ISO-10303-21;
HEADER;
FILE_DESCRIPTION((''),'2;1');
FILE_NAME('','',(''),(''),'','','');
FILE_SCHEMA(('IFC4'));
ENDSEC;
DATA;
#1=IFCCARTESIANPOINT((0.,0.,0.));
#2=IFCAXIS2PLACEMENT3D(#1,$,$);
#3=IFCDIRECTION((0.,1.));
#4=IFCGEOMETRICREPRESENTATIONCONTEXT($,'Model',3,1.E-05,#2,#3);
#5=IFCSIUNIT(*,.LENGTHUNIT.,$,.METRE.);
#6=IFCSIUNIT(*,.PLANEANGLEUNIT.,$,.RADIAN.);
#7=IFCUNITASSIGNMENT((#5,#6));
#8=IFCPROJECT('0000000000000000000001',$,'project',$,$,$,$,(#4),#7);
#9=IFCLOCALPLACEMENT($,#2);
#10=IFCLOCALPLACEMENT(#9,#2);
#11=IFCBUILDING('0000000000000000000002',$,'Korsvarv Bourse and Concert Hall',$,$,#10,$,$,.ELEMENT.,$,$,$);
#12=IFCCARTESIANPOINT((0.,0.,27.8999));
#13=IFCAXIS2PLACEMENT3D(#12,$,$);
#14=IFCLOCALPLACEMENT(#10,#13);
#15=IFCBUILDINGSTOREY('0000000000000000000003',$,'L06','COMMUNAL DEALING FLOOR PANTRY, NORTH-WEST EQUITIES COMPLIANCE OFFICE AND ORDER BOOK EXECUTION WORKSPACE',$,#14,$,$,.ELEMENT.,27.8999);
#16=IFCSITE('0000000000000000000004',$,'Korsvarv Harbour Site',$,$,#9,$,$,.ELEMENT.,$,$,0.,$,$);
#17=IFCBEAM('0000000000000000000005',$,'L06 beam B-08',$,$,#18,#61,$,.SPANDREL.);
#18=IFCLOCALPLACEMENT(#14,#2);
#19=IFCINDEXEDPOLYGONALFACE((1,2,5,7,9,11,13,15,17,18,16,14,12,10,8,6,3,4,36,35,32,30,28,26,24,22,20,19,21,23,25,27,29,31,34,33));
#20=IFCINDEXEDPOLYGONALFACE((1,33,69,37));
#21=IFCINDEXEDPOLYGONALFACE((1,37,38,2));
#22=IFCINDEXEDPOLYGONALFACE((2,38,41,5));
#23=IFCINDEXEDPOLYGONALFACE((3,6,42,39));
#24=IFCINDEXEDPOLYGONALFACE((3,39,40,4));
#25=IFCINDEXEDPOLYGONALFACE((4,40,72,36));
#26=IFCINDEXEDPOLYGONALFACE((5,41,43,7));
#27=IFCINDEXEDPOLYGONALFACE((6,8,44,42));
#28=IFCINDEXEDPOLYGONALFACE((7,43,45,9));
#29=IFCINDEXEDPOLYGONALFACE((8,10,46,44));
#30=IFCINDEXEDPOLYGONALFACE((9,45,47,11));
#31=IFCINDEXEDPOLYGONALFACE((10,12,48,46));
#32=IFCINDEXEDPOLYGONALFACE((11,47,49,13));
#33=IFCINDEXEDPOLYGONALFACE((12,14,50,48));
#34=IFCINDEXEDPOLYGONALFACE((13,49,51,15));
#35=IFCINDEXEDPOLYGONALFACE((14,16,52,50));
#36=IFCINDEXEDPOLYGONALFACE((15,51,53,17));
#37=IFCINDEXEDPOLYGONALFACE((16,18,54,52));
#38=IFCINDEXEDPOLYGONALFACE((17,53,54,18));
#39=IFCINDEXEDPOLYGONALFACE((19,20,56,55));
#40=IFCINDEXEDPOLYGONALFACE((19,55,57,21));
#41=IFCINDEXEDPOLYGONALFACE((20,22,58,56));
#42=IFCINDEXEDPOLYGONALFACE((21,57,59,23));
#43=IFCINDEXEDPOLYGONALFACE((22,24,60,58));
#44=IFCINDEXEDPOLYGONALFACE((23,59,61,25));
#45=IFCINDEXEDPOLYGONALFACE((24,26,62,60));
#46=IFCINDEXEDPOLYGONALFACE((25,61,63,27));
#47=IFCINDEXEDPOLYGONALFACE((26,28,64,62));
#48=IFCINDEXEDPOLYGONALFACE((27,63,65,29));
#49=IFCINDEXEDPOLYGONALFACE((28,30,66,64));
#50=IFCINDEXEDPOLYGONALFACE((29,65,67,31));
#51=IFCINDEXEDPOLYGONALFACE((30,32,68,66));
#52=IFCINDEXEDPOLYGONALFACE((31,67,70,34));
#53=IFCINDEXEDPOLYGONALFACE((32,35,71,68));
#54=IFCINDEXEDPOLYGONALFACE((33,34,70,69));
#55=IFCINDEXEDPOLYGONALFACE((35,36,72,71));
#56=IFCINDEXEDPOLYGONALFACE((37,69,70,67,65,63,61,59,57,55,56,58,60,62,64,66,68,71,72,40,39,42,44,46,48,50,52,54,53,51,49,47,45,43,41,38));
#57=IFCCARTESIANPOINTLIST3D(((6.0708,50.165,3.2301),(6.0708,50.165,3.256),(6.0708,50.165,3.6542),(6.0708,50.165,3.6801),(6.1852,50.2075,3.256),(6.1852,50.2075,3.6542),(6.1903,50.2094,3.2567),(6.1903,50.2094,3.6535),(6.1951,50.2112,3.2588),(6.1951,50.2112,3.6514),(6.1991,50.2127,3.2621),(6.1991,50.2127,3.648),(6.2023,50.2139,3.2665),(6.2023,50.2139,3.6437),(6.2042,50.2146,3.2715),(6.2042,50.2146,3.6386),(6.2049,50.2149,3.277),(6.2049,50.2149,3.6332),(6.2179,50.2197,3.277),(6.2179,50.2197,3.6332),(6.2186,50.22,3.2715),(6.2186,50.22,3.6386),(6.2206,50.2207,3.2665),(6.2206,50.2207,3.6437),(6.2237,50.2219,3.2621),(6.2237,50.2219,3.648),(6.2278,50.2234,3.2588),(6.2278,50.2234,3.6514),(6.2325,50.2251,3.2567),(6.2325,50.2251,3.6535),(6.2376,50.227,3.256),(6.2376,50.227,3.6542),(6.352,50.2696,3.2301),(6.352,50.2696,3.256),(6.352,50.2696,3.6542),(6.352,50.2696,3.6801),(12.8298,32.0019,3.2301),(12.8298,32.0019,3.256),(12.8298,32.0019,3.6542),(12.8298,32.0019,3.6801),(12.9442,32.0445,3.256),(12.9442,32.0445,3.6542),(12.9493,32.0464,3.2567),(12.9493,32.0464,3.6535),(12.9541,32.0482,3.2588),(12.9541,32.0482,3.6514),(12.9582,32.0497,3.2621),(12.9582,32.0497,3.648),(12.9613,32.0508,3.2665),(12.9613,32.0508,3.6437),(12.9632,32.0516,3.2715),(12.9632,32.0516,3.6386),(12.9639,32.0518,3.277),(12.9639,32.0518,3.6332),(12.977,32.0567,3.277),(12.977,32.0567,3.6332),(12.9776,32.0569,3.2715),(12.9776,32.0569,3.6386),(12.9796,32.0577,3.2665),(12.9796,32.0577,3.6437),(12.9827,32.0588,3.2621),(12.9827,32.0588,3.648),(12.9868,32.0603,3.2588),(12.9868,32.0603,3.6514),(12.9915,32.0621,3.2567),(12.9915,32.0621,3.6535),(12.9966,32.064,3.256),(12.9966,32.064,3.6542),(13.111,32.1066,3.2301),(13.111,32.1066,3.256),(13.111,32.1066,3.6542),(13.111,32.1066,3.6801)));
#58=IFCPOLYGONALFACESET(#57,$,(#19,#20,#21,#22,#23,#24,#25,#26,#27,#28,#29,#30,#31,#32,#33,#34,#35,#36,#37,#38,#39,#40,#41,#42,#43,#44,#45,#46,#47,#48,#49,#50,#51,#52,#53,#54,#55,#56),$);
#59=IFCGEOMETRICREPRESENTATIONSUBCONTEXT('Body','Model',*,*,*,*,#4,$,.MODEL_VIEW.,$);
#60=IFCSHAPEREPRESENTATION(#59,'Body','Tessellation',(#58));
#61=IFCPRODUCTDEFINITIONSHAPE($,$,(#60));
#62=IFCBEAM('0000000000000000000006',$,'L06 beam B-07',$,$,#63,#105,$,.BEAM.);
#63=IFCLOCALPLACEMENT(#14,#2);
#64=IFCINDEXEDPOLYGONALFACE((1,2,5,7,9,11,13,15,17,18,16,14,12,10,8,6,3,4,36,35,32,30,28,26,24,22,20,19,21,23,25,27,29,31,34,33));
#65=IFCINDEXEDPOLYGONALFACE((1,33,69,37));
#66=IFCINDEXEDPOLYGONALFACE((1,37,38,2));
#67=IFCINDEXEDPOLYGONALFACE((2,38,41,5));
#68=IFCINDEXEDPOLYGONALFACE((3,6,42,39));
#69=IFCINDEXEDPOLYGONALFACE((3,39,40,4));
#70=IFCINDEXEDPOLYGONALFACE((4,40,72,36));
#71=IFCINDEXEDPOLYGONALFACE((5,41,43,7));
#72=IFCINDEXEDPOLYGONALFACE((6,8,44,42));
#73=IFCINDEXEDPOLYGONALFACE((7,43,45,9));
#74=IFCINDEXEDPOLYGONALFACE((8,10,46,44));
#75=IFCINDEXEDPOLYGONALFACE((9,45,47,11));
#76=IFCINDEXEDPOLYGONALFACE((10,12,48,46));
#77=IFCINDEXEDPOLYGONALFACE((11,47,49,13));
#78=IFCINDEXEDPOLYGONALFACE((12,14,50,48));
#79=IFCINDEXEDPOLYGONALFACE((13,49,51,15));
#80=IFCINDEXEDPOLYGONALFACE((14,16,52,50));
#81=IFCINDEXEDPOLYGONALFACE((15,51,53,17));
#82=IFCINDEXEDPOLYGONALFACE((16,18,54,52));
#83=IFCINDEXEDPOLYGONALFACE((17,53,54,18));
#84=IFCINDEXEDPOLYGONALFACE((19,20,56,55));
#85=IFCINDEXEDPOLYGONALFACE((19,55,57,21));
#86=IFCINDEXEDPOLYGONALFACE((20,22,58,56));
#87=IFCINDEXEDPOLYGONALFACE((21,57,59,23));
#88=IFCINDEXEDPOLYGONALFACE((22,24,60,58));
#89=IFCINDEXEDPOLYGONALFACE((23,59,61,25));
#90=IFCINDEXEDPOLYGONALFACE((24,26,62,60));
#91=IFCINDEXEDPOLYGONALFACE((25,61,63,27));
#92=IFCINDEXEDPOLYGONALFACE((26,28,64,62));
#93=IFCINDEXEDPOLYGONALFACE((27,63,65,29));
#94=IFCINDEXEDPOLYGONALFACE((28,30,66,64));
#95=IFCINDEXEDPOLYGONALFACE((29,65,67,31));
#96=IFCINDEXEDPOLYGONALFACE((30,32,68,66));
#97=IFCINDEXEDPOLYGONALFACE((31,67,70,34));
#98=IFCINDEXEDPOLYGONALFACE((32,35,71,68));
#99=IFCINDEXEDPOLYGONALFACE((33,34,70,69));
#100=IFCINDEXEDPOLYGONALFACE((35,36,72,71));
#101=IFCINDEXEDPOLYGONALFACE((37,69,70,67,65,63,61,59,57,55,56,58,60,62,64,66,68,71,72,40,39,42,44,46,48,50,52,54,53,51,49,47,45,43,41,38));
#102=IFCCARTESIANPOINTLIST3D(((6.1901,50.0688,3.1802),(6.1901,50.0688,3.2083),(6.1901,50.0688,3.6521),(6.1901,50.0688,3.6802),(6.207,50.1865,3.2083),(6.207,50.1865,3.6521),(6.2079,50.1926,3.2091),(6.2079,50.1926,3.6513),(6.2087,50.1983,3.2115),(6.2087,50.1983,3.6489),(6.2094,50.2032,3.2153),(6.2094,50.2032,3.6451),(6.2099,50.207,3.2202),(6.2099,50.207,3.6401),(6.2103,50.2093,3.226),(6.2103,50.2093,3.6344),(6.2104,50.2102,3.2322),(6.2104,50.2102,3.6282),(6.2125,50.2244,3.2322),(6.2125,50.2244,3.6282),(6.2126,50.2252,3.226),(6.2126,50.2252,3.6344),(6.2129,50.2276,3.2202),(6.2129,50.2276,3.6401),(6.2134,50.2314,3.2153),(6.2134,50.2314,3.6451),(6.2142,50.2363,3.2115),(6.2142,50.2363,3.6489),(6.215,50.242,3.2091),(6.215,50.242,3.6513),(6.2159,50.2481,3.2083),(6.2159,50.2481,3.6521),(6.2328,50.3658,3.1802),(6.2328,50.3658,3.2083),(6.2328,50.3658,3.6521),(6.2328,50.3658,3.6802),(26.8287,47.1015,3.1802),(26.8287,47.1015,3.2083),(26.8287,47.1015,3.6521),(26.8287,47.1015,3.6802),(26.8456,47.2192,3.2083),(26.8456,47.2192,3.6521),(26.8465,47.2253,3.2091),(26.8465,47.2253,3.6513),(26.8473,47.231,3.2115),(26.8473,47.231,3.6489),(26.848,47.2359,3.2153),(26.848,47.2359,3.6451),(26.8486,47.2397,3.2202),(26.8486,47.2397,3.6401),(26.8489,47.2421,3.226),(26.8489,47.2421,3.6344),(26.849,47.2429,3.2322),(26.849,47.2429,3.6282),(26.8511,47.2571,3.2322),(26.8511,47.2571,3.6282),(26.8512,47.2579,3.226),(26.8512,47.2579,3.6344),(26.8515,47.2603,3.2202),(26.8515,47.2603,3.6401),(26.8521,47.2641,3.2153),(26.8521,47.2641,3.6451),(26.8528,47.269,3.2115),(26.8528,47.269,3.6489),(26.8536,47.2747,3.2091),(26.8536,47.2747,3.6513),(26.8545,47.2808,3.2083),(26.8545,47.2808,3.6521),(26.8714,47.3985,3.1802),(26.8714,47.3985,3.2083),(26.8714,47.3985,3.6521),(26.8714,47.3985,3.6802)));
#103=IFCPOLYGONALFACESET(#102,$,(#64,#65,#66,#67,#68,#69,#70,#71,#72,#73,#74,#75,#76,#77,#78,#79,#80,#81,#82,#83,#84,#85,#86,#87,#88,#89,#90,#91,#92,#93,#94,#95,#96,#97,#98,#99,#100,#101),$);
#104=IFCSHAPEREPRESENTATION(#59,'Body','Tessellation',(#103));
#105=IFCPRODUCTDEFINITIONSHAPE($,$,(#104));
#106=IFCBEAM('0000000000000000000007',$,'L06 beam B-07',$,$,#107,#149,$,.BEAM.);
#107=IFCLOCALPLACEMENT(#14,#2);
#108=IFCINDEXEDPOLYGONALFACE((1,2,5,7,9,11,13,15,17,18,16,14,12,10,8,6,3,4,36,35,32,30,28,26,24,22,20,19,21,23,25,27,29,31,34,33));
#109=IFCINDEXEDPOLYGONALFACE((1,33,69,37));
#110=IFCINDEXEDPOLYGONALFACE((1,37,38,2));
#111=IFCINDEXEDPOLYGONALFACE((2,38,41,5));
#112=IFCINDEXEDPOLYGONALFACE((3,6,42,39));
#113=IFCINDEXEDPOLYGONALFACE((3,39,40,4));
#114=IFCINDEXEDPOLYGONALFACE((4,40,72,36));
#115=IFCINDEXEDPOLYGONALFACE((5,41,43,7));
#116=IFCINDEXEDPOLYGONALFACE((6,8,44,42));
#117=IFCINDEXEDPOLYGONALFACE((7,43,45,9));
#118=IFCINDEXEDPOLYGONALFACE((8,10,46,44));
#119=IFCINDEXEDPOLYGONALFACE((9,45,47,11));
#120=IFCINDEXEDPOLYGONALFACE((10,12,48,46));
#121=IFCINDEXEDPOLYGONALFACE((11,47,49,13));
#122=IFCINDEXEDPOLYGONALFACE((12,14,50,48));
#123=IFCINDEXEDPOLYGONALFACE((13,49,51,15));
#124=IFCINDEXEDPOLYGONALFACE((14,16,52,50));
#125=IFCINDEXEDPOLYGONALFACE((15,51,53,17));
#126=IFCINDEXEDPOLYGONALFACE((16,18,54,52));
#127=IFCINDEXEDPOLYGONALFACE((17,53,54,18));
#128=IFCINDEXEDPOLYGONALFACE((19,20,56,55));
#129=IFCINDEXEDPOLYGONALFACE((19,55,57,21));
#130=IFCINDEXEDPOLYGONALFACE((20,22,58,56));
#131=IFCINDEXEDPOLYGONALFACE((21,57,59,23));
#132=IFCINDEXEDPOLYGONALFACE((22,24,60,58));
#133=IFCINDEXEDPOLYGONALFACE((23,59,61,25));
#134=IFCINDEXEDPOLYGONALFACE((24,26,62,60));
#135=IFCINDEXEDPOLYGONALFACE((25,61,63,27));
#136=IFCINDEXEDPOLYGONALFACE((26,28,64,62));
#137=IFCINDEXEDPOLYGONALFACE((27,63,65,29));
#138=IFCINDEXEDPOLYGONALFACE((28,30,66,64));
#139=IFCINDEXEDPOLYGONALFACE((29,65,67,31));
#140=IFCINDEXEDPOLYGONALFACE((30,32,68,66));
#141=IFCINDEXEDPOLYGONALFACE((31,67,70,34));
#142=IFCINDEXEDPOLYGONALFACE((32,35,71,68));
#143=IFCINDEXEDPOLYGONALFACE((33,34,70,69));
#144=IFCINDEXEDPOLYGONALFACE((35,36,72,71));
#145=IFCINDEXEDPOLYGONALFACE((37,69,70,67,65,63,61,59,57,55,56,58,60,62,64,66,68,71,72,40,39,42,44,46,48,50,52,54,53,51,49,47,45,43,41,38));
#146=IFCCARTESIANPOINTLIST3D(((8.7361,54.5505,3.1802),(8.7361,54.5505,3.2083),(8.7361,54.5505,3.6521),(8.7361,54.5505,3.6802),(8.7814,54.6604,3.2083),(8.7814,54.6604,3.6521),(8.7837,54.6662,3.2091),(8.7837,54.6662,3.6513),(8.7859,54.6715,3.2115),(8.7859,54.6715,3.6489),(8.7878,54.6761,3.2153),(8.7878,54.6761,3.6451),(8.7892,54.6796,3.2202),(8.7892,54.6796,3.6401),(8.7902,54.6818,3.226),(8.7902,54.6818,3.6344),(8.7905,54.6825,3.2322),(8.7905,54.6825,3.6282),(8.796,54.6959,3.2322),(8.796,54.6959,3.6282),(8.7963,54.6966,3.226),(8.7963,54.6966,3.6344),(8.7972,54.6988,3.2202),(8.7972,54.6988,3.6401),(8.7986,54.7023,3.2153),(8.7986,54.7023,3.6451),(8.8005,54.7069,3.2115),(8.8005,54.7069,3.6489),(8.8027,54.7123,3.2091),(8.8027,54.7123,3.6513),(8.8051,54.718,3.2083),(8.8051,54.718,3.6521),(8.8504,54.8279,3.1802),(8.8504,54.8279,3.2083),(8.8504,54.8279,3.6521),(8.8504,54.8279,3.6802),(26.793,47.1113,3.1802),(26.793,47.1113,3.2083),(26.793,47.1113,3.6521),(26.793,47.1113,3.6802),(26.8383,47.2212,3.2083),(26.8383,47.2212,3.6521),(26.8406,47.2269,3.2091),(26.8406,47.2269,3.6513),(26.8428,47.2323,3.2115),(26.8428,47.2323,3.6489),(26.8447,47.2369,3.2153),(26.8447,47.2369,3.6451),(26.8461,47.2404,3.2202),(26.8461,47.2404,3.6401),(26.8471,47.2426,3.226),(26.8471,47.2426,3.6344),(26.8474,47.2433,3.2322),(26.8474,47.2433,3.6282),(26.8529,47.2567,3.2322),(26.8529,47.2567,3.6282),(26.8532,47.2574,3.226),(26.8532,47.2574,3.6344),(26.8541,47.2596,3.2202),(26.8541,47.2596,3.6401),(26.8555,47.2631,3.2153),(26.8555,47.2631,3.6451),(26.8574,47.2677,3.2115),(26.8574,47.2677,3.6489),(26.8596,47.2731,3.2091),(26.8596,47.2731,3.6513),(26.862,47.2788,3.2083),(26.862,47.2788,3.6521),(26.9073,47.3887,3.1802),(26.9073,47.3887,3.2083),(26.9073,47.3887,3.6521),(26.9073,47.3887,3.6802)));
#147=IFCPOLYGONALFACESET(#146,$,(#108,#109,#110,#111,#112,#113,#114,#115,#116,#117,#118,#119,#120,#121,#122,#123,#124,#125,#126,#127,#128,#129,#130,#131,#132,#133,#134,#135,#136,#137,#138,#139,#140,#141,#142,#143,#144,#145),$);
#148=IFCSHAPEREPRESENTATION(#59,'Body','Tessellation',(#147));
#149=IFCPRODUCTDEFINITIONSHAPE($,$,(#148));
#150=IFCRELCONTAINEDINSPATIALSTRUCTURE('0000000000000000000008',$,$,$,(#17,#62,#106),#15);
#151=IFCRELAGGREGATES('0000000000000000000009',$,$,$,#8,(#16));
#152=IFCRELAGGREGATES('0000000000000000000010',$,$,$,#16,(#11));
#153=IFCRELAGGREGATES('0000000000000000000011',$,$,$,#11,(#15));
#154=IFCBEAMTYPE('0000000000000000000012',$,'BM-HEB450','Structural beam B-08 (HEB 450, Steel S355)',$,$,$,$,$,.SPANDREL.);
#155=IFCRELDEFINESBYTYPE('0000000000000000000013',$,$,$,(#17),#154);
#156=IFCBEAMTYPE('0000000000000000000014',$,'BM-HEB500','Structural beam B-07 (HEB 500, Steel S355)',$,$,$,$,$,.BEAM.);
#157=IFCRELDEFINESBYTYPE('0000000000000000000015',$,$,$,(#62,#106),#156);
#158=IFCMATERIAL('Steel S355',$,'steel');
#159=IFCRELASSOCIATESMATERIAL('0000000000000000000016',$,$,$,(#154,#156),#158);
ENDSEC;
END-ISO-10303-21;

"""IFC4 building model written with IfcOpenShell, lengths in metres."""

from ifc_helpers import new_model, si_unit, direction, frame, origin, origin_2d, place, context, subcontext, project, spatial, i_section, extrude, source, transform, mapped, material, material_profile, profile_set, type_object, element, save


model = new_model("IFC4")

# Units and contexts
model_context = context("Model", 3, precision=1e-05, world=origin(), true_north=direction((0.0, 1.0)))
body_context = subcontext(model_context, "Body", "Model", "MODEL_VIEW")
ifc_project = project(units=[si_unit("LENGTHUNIT", "METRE"), si_unit("PLANEANGLEUNIT", "RADIAN")], contexts=[model_context])

# Site, building, storey
site_placement = place(None, origin())
site = spatial("IfcSite", under=ifc_project, at=site_placement, Name="Korsvarv Harbour Site", CompositionType="ELEMENT", RefElevation=0.0)
building_placement = place(site_placement, origin())
building = spatial("IfcBuilding", under=site, at=building_placement, Name="Korsvarv Bourse and Concert Hall", CompositionType="ELEMENT")
storey_placement = place(building_placement, frame((0.0, 0.0, 27.8999)))
storey = spatial("IfcBuildingStorey", under=building, at=storey_placement, Name="L06", Description="COMMUNAL DEALING FLOOR PANTRY, NORTH-WEST EQUITIES COMPLIANCE OFFICE AND ORDER BOOK EXECUTION WORKSPACE", CompositionType="ELEMENT", Elevation=27.8999)

# Beams
ifc_material_1 = material(Name="Steel S355", Category="steel")
ifc_material_profile_1 = material_profile(ifc_material_1, i_section(OverallWidth=0.3, OverallDepth=0.45, WebThickness=0.0139, FlangeThickness=0.0259, FilletRadius=0.021, at=origin_2d()), Name="HEB 450")
ifc_profile_set_1 = profile_set([ifc_material_profile_1], Name="Steel S355")
beam_type_1 = type_object("IfcBeamType", Name="BM-HEB450", Description="Structural beam B-08 (HEB 450, Steel S355)", PredefinedType="SPANDREL", material=ifc_profile_set_1)
shared_shape_1 = source(origin(), body_context, "Body", "SweptSolid", [
    extrude(i_section(OverallWidth=0.3, OverallDepth=0.45, WebThickness=0.0139, FlangeThickness=0.0259, FilletRadius=0.021, at=origin_2d()), origin(), (0.0, 0.0, 1.0), 19.3799),
])
beam_1_placement = place(storey_placement, frame((6.2114, 50.2173, 3.4551), z_axis=(0.348764, -0.93721, 0.0), x_axis=(0.93721, 0.348764, 0.0)))
element("IfcBeam", 1, at=beam_1_placement, inside=storey, type_object=beam_type_1, Name="L06 beam B-08", PredefinedType="SPANDREL", context=body_context, shape_type="MappedRepresentation", body=[
    mapped(shared_shape_1, transform((0.0, 0.0, 0.0), scale=1.0)),
])
ifc_material_profile_2 = material_profile(ifc_material_1, i_section(OverallWidth=0.3, OverallDepth=0.5, WebThickness=0.0144, FlangeThickness=0.0281, FilletRadius=0.0239, at=origin_2d()), Name="HEB 500")
ifc_profile_set_2 = profile_set([ifc_material_profile_2], Name="Steel S355")
beam_type_2 = type_object("IfcBeamType", Name="BM-HEB500", Description="Structural beam B-07 (HEB 500, Steel S355)", PredefinedType="BEAM", material=ifc_profile_set_2)
shared_shape_2 = source(origin(), body_context, "Body", "SweptSolid", [
    extrude(i_section(OverallWidth=0.3, OverallDepth=0.5, WebThickness=0.0144, FlangeThickness=0.0281, FilletRadius=0.0239, at=origin_2d()), origin(), (0.0, 0.0, 1.0), 20.8508),
])
beam_2_placement = place(storey_placement, frame((6.2114, 50.2173, 3.4302), z_axis=(0.989822, -0.14231, 0.0), x_axis=(0.14231, 0.989822, 0.0)))
element("IfcBeam", 2, at=beam_2_placement, inside=storey, type_object=beam_type_2, Name="L06 beam B-07", PredefinedType="BEAM", context=body_context, shape_type="MappedRepresentation", body=[
    mapped(shared_shape_2, transform((0.0, 0.0, 0.0), scale=1.0)),
])
shared_shape_3 = source(origin(), body_context, "Body", "SweptSolid", [
    extrude(i_section(OverallWidth=0.3, OverallDepth=0.5, WebThickness=0.0144, FlangeThickness=0.0281, FilletRadius=0.0239, at=origin_2d()), origin(), (0.0, 0.0, 1.0), 19.5293),
])
beam_3_placement = place(storey_placement, frame((8.7932, 54.6892, 3.4302), z_axis=(0.924606, -0.380926, 0.0), x_axis=(0.380926, 0.924606, 0.0)))
element("IfcBeam", 3, at=beam_3_placement, inside=storey, type_object=beam_type_2, Name="L06 beam B-07", PredefinedType="BEAM", context=body_context, shape_type="MappedRepresentation", body=[
    mapped(shared_shape_3, transform((0.0, 0.0, 0.0), scale=1.0)),
])

save(model, "model.ifc")
